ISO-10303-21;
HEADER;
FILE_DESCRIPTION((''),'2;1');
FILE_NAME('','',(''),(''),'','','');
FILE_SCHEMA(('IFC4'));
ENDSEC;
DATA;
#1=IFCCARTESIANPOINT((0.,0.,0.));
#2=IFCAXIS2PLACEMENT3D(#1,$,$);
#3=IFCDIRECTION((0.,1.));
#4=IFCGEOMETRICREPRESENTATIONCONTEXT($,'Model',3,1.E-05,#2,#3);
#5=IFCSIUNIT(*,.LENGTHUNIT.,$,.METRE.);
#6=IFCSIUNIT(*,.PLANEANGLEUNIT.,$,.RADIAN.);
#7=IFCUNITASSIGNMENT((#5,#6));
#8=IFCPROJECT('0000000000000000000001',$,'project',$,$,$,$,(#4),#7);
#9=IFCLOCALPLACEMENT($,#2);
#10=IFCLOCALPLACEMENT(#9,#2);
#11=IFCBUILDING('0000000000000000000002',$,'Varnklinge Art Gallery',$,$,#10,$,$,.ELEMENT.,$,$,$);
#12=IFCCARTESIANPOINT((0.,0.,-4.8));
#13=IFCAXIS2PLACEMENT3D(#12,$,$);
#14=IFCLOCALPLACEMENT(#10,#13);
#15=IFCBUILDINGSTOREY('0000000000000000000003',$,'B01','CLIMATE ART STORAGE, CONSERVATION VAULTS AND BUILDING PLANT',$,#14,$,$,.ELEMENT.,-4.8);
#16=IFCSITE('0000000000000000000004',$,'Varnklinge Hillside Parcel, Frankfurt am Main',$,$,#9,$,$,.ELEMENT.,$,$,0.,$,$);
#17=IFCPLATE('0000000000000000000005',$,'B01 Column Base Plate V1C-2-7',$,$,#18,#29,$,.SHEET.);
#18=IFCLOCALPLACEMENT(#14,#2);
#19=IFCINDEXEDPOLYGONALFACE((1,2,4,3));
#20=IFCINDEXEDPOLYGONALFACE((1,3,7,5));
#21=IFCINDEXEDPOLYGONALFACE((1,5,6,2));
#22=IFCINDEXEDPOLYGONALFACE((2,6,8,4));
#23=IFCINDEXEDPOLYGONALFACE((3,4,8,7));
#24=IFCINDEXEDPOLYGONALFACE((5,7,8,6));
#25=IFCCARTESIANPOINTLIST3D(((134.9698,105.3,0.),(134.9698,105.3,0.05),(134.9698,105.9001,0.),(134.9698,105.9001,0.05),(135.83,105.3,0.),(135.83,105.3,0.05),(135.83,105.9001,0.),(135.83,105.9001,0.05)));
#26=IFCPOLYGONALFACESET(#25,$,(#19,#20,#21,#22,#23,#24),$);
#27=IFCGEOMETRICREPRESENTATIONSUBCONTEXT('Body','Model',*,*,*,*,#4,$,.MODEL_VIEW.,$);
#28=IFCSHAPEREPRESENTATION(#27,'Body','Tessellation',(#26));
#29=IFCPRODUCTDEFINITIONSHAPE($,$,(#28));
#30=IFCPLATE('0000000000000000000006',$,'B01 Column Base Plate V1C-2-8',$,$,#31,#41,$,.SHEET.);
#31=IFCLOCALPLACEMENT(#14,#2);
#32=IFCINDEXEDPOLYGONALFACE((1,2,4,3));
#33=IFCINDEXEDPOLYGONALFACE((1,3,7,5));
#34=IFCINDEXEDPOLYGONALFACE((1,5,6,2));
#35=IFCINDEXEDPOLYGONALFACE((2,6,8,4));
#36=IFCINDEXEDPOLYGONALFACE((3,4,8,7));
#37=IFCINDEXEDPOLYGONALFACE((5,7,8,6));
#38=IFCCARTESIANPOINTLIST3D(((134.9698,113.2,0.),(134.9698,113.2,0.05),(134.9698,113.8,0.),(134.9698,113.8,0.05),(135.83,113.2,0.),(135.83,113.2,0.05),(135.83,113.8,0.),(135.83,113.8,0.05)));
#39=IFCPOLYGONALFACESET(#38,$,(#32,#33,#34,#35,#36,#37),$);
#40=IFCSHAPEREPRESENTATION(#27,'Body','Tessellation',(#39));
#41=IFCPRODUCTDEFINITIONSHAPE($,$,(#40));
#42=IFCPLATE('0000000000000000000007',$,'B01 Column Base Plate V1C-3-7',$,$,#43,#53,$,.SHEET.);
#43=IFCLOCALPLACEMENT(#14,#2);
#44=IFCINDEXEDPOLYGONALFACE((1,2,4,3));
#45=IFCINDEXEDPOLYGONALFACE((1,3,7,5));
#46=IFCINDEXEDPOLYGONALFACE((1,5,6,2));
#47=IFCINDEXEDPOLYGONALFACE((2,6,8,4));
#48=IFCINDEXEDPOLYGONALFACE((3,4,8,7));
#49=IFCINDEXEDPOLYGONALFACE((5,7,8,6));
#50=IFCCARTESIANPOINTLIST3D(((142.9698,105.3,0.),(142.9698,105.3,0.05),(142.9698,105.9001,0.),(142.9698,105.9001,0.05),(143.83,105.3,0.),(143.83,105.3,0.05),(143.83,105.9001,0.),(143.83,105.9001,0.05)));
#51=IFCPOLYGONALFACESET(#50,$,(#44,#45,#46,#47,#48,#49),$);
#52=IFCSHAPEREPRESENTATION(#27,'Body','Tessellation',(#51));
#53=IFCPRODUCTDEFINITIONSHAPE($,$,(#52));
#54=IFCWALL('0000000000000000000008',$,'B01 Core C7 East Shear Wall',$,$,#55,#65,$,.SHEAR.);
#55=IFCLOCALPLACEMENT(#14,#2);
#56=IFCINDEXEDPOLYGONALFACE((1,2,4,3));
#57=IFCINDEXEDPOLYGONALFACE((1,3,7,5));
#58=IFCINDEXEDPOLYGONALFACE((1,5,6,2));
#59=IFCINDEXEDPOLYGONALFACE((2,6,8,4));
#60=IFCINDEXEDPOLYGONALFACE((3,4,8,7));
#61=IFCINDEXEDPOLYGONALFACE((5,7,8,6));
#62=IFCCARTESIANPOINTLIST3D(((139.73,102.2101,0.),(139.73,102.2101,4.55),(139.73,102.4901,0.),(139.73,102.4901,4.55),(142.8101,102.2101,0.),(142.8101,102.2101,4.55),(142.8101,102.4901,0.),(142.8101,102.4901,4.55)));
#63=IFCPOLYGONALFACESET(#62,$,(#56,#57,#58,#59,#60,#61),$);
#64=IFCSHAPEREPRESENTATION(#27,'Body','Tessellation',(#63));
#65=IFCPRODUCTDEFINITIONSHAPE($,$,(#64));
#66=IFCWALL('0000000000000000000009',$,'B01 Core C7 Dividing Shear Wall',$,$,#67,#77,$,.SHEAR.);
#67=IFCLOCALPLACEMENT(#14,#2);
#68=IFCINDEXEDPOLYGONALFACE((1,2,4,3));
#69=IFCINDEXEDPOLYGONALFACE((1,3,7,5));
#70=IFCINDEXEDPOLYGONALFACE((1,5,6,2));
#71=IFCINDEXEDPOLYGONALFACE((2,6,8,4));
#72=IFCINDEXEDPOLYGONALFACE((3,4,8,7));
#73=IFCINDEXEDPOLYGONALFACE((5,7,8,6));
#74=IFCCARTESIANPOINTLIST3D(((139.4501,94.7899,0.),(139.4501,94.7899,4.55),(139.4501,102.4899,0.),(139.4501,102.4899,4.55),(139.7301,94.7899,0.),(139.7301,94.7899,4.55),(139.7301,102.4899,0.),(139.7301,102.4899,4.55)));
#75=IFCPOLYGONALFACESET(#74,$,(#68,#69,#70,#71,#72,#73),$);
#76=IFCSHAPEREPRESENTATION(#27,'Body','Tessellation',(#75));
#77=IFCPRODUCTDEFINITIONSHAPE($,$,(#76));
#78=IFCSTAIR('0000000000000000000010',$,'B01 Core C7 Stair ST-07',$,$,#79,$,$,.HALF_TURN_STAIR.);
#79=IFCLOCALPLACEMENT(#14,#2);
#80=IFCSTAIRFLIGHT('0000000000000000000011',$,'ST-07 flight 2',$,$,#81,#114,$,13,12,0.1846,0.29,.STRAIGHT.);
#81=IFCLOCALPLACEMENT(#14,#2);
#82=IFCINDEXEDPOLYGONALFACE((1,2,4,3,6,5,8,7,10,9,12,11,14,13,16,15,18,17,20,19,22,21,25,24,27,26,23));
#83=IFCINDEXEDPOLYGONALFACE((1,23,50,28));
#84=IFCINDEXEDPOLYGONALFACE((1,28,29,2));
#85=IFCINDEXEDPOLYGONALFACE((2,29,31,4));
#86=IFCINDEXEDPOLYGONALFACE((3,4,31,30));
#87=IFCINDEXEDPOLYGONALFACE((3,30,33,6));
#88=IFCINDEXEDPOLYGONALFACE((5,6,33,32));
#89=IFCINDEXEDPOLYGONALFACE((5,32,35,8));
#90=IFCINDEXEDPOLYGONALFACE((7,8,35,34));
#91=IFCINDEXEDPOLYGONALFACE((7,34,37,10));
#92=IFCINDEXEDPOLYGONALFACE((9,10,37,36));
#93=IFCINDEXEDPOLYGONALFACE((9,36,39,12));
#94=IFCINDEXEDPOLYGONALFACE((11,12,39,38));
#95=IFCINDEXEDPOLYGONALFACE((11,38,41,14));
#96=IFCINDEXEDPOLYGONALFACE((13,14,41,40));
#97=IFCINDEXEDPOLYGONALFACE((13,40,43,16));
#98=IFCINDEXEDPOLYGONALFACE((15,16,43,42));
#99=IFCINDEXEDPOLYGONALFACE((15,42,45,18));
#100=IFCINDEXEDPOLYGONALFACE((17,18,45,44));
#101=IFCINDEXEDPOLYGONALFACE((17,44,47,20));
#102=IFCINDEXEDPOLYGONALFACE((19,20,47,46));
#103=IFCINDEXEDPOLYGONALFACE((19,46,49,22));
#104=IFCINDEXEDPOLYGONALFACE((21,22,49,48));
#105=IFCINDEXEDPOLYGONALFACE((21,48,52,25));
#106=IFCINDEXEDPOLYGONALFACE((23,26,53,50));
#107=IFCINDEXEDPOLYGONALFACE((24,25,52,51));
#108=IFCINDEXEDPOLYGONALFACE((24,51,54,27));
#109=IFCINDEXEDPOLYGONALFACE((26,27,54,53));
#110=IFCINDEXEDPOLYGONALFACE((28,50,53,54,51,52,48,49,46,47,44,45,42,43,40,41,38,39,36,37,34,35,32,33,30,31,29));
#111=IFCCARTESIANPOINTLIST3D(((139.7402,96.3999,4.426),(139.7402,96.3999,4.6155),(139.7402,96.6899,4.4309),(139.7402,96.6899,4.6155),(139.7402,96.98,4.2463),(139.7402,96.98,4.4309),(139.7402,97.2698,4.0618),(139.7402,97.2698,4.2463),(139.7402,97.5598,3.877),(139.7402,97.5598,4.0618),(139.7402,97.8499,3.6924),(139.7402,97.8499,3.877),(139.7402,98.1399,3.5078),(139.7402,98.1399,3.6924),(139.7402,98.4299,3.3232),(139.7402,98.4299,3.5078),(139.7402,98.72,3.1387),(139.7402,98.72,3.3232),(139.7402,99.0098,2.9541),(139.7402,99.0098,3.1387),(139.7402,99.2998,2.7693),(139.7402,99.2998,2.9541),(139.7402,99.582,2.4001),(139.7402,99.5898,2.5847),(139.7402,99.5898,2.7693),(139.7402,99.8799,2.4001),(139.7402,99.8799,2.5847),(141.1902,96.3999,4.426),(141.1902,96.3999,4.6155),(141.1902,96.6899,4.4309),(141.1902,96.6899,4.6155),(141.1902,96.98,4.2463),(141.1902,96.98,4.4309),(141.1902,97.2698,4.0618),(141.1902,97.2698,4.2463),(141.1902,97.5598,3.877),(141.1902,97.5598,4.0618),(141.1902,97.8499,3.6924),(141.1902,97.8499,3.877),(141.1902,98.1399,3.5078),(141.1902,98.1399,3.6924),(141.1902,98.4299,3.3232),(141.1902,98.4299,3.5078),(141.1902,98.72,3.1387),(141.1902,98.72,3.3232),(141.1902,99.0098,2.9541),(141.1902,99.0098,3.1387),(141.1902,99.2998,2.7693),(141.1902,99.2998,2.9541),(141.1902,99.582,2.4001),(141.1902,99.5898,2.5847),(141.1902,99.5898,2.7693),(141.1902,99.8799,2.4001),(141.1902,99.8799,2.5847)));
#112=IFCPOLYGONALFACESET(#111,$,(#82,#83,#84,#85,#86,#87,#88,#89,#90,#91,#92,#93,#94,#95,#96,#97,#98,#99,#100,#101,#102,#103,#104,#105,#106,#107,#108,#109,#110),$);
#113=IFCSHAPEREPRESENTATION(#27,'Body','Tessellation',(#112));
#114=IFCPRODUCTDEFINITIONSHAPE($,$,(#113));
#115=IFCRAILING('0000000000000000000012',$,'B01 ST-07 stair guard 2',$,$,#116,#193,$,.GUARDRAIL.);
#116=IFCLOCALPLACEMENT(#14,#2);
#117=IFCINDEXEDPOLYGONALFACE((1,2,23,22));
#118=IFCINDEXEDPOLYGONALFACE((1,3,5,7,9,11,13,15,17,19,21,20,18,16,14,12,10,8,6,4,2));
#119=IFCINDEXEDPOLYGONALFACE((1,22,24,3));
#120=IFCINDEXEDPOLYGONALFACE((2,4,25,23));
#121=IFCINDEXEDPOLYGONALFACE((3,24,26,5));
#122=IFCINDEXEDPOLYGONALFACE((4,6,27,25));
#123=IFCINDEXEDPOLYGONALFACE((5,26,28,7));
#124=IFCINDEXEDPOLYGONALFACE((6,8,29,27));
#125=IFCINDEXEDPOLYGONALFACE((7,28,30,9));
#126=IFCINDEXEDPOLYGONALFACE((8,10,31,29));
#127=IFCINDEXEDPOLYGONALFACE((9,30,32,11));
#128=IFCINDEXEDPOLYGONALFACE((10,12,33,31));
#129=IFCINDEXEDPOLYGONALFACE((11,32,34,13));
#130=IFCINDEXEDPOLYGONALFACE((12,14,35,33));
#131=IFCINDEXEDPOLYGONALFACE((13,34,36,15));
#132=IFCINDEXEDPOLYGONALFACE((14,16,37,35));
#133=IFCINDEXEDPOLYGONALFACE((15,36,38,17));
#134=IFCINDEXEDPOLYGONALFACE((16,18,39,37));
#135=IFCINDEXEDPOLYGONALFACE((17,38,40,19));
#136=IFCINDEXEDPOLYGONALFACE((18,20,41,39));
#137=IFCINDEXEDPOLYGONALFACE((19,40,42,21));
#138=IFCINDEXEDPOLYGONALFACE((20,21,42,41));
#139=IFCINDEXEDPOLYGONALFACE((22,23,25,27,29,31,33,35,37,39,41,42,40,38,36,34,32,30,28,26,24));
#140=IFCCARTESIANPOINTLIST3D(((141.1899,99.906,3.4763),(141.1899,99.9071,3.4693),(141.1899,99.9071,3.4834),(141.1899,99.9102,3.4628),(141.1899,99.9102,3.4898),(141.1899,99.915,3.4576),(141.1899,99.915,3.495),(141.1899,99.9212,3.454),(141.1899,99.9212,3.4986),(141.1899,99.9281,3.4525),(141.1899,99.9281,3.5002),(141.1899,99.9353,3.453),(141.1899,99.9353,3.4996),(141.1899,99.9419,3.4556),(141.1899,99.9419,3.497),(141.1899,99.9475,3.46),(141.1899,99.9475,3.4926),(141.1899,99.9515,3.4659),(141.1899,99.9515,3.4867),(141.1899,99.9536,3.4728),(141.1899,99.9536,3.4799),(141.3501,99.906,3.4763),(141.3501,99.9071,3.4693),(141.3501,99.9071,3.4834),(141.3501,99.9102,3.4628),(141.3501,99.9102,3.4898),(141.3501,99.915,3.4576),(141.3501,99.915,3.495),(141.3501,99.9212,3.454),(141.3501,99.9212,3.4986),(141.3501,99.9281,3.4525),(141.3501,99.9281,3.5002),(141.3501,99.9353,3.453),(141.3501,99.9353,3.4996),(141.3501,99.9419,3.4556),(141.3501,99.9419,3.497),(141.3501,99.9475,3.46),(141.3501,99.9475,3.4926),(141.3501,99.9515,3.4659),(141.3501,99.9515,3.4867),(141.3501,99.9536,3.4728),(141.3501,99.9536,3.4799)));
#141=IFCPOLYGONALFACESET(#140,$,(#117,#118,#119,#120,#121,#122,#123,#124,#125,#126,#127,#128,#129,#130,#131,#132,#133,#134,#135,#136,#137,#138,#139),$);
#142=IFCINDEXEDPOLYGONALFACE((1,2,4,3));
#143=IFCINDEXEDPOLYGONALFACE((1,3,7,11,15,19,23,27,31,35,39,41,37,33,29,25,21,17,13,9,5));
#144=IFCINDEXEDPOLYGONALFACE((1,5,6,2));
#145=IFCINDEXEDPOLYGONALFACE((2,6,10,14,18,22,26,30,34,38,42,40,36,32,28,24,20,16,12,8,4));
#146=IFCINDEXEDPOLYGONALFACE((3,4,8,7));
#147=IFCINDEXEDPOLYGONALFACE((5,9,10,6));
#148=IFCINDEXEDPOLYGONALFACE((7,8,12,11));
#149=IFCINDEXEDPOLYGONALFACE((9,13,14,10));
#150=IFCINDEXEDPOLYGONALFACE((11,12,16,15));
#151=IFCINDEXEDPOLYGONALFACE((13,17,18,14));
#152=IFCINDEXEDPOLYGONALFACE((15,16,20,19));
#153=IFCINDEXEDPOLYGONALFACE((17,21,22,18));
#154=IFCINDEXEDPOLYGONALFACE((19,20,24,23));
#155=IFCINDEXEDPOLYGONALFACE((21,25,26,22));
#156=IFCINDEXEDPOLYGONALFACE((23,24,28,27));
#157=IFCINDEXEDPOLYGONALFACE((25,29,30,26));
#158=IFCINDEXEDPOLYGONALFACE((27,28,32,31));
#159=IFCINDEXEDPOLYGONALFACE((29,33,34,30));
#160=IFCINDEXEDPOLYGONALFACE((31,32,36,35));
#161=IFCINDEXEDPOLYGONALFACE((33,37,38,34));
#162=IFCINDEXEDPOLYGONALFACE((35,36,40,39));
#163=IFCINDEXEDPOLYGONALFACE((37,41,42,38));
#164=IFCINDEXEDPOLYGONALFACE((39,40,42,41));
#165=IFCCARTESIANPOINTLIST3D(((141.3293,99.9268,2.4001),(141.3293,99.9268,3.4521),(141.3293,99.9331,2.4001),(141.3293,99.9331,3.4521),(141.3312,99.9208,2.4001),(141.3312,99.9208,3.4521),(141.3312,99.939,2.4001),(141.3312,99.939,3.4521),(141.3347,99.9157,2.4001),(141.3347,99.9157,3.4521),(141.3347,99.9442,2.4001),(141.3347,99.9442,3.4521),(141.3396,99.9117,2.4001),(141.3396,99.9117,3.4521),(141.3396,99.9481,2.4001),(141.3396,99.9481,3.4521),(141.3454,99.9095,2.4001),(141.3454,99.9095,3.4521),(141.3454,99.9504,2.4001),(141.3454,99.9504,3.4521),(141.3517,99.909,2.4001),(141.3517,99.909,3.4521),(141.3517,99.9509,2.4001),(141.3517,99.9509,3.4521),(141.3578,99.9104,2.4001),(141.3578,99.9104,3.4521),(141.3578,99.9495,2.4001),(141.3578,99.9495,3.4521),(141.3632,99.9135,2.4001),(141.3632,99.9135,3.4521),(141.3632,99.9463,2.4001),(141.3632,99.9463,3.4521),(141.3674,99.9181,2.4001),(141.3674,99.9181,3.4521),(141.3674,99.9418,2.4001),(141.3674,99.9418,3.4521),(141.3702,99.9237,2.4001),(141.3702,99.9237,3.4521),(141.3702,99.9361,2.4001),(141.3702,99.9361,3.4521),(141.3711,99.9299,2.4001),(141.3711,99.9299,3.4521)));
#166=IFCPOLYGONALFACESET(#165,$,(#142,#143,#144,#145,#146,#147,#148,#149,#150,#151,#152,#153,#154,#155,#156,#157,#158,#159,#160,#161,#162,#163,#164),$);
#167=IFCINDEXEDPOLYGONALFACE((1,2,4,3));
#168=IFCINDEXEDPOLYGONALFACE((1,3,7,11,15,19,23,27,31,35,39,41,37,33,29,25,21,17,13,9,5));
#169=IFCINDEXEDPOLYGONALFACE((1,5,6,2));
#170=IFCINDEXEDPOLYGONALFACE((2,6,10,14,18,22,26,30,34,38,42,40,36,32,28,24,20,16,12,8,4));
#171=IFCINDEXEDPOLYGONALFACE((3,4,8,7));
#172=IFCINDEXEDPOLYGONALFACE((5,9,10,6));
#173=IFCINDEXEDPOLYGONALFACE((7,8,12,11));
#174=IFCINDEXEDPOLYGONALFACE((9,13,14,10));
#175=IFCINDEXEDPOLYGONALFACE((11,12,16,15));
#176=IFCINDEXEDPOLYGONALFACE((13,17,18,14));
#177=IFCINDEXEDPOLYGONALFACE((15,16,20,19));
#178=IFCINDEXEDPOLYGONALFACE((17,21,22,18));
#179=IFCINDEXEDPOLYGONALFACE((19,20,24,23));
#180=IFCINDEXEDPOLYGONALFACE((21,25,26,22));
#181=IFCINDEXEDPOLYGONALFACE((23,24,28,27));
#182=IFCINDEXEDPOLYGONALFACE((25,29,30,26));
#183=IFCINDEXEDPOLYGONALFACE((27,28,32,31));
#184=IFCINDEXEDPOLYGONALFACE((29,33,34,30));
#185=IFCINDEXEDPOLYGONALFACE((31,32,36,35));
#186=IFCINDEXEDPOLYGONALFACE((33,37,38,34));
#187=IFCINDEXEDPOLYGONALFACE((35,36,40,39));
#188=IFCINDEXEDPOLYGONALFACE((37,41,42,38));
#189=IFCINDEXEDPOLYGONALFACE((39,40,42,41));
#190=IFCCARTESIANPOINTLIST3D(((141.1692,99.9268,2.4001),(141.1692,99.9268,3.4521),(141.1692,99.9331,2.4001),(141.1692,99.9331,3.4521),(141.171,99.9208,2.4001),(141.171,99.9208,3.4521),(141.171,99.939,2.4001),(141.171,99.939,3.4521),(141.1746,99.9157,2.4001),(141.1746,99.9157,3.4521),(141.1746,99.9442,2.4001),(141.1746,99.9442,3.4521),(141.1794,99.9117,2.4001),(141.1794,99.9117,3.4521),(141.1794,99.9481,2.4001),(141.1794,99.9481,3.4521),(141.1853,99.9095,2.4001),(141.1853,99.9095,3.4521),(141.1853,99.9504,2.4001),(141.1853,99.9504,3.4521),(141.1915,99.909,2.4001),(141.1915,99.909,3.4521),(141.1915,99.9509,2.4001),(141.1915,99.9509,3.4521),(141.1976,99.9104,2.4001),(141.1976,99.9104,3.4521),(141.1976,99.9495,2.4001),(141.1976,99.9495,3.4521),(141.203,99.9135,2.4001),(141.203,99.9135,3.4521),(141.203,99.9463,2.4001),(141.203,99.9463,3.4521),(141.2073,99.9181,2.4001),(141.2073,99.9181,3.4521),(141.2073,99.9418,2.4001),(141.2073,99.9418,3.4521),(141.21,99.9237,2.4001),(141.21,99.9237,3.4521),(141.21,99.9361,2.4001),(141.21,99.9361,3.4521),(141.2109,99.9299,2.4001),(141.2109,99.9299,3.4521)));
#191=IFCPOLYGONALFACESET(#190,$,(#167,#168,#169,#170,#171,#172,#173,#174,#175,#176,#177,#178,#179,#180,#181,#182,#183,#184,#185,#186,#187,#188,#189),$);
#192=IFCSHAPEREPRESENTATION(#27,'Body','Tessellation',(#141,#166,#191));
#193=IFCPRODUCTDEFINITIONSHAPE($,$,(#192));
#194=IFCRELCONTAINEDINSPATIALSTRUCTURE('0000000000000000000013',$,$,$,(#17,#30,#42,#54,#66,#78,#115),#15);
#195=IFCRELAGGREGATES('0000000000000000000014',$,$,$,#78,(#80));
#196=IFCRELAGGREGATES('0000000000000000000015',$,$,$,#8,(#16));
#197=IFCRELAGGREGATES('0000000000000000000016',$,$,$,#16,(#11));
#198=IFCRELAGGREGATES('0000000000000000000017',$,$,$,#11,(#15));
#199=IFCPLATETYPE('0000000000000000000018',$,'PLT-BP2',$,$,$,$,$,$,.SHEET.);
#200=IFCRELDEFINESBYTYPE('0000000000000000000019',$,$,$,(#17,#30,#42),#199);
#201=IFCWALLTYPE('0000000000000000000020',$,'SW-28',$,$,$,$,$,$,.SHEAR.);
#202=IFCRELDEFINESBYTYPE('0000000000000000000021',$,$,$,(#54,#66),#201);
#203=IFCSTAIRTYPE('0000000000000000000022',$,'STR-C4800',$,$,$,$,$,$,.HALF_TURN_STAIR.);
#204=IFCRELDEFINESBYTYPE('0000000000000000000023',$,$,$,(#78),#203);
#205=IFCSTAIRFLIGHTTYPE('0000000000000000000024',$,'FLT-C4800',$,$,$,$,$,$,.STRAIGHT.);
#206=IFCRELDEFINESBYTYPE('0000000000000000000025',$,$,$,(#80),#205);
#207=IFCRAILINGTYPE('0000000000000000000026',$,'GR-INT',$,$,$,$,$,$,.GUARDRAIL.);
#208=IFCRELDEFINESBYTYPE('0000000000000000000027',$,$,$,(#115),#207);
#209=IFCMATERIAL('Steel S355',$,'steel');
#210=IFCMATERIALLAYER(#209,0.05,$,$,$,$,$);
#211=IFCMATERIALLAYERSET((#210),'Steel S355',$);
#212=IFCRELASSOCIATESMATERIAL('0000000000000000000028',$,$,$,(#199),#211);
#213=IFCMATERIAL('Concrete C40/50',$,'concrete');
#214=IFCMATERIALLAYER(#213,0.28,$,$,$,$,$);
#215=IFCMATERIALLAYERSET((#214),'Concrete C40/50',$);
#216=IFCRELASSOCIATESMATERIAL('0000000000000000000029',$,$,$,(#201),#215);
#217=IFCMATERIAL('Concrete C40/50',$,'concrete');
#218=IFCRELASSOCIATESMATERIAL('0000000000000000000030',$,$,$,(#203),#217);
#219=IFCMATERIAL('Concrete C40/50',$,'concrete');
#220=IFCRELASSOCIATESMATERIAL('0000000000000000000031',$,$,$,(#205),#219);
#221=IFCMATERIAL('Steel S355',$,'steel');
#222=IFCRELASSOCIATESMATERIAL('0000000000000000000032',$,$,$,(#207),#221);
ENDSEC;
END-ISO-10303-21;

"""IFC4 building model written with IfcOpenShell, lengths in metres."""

from ifc_helpers import new_model, si_unit, direction, frame, frame_2d, origin, origin_2d, place, context, subcontext, project, spatial, polyline, rectangle, circle, outline, extrude, material, layer, layer_set, type_object, element, aggregate, save


model = new_model("IFC4")

# Units and contexts
model_context = context("Model", 3, precision=1e-05, world=origin(), true_north=direction((0.0, 1.0)))
body_context = subcontext(model_context, "Body", "Model", "MODEL_VIEW")
ifc_project = project(units=[si_unit("LENGTHUNIT", "METRE"), si_unit("PLANEANGLEUNIT", "RADIAN")], contexts=[model_context])

# Site, building, storey
site_placement = place(None, origin())
site = spatial("IfcSite", under=ifc_project, at=site_placement, Name="Varnklinge Hillside Parcel, Frankfurt am Main", CompositionType="ELEMENT", RefElevation=0.0)
building_placement = place(site_placement, origin())
building = spatial("IfcBuilding", under=site, at=building_placement, Name="Varnklinge Art Gallery", CompositionType="ELEMENT")
storey_placement = place(building_placement, frame((0.0, 0.0, -4.8)))
storey = spatial("IfcBuildingStorey", under=building, at=storey_placement, Name="B01", Description="CLIMATE ART STORAGE, CONSERVATION VAULTS AND BUILDING PLANT", CompositionType="ELEMENT", Elevation=-4.8)

# Plates
ifc_material_1 = material(Name="Steel S355", Category="steel")
ifc_layer_1 = layer(ifc_material_1, 0.05)
ifc_layer_set_1 = layer_set([ifc_layer_1], Name="Steel S355")
plate_type = type_object("IfcPlateType", Name="PLT-BP2", PredefinedType="SHEET", material=ifc_layer_set_1)
for number, where, z_axis, x_axis, name in (
    (1, (135.3999, 105.6001, 0.0), (0.0, 0.0, 1.0), (1.0, 0.0, 0.0), "B01 Column Base Plate V1C-2-7"),
    (2, (135.3999, 113.5, 0.0), (0.0, 0.0, 1.0), (1.0, 0.0, 0.0), "B01 Column Base Plate V1C-2-8"),
    (3, (143.3999, 105.6001, 0.0), (0.0, 0.0, 1.0), (1.0, 0.0, 0.0), "B01 Column Base Plate V1C-3-7"),
):
    element("IfcPlate", number, at=place(storey_placement, frame(where, z_axis=z_axis, x_axis=x_axis)), inside=storey, type_object=plate_type, Name=name, PredefinedType="SHEET", context=body_context, shape_type="SweptSolid", body=[
        extrude(rectangle(XDim=0.8601, YDim=0.6001, at=origin_2d()), origin(), (0.0, 0.0, 1.0), 0.05),
    ])

# Walls
ifc_material_2 = material(Name="Concrete C40/50", Category="concrete")
ifc_layer_2 = layer(ifc_material_2, 0.28)
ifc_layer_set_2 = layer_set([ifc_layer_2], Name="Concrete C40/50")
wall_type = type_object("IfcWallType", Name="SW-28", PredefinedType="SHEAR", material=ifc_layer_set_2)
wall_1_placement = place(storey_placement, frame((142.8101, 102.3501, 0.0), z_axis=(0.0, 0.0, 1.0), x_axis=(-1.0, 0.0, 0.0)))
element("IfcWall", 4, at=wall_1_placement, inside=storey, type_object=wall_type, Name="B01 Core C7 East Shear Wall", PredefinedType="SHEAR", context=body_context, shape_type="SweptSolid", body=[
    extrude(rectangle(XDim=3.0801, YDim=0.28, at=frame_2d((1.54, 0.0))), origin(), (0.0, 0.0, 1.0), 4.55),
])
wall_2_placement = place(storey_placement, frame((139.5901, 102.49, 0.0), z_axis=(0.0, 0.0, 1.0), x_axis=(0.0, -1.0, 0.0)))
element("IfcWall", 5, at=wall_2_placement, inside=storey, type_object=wall_type, Name="B01 Core C7 Dividing Shear Wall", PredefinedType="SHEAR", context=body_context, shape_type="SweptSolid", body=[
    extrude(rectangle(XDim=7.7, YDim=0.28, at=frame_2d((3.8501, 0.0))), origin(), (0.0, 0.0, 1.0), 4.55),
])

# Stair, stair flight
ifc_material_3 = material(Name="Concrete C40/50", Category="concrete")
stair_type = type_object("IfcStairType", Name="STR-C4800", PredefinedType="HALF_TURN_STAIR", material=ifc_material_3)
stair_placement = place(storey_placement, origin())
stair = element("IfcStair", 6, at=stair_placement, inside=storey, type_object=stair_type, Name="B01 Core C7 Stair ST-07", PredefinedType="HALF_TURN_STAIR")
ifc_material_4 = material(Name="Concrete C40/50", Category="concrete")
stair_flight_type = type_object("IfcStairFlightType", Name="FLT-C4800", PredefinedType="STRAIGHT", material=ifc_material_4)
stair_flight_placement = place(storey_placement, frame((140.4651, 99.8799, 2.4001), z_axis=(0.0, 0.0, 1.0), x_axis=(0.0, -1.0, 0.0)))
stair_flight = element("IfcStairFlight", 7, at=stair_flight_placement, type_object=stair_flight_type, Name="ST-07 flight 2", NumberOfRisers=13, NumberOfTreads=12, PredefinedType="STRAIGHT", RiserHeight=0.1846, TreadLength=0.29, context=body_context, shape_type="SweptSolid", body=[
    extrude(outline(polyline([(0.0, 0.0), (0.0, 0.1846), (0.29, 0.1846), (0.29, 0.3691), (0.5801, 0.3691), (0.5801, 0.554), (0.8701, 0.554), (0.8701, 0.7385), (1.1599, 0.7385), (1.1599, 0.9231), (1.45, 0.9231), (1.45, 1.1077), (1.74, 1.1077), (1.74, 1.2922), (2.03, 1.2922), (2.03, 1.4768), (2.3201, 1.4768), (2.3201, 1.6616), (2.6101, 1.6616), (2.6101, 1.8462), (2.8999, 1.8462), (2.8999, 2.0308), (3.1899, 2.0308), (3.1899, 2.2153), (3.48, 2.2153), (3.48, 2.3999), (3.48, 2.0259), (0.2979, 0.0), (0.0, 0.0)])), frame((0.0, 0.7251, 0.0), z_axis=(0.0, -1.0, 0.0), x_axis=(1.0, 0.0, 0.0)), (0.0, 0.0, 1.0), 1.45),
])
aggregate(stair, [stair_flight])

# Railing
ifc_material_5 = material(Name="Steel S355", Category="steel")
railing_type_1 = type_object("IfcRailingType", Name="GR-INT", PredefinedType="GUARDRAIL", material=ifc_material_5)
railing_1_placement = place(storey_placement, frame((141.3501, 99.9299, 2.4001)))
element("IfcRailing", 8, at=railing_1_placement, inside=storey, type_object=railing_type_1, Name="B01 ST-07 stair guard 2", PredefinedType="GUARDRAIL", context=body_context, shape_type="SweptSolid", body=[
    extrude(circle(Radius=0.0239, at=origin_2d()), frame((0.0, 0.0, 1.0762), z_axis=(-1.0, 0.0, 0.0), x_axis=(0.0, -1.0, 0.0)), (0.0, 0.0, 1.0), 0.1602),
    extrude(circle(Radius=0.021, at=origin_2d()), origin(), (0.0, 0.0, 1.0), 1.052),
    extrude(circle(Radius=0.021, at=origin_2d()), frame((-0.1602, 0.0, 0.0)), (0.0, 0.0, 1.0), 1.052),
])

save(model, "model.ifc")
